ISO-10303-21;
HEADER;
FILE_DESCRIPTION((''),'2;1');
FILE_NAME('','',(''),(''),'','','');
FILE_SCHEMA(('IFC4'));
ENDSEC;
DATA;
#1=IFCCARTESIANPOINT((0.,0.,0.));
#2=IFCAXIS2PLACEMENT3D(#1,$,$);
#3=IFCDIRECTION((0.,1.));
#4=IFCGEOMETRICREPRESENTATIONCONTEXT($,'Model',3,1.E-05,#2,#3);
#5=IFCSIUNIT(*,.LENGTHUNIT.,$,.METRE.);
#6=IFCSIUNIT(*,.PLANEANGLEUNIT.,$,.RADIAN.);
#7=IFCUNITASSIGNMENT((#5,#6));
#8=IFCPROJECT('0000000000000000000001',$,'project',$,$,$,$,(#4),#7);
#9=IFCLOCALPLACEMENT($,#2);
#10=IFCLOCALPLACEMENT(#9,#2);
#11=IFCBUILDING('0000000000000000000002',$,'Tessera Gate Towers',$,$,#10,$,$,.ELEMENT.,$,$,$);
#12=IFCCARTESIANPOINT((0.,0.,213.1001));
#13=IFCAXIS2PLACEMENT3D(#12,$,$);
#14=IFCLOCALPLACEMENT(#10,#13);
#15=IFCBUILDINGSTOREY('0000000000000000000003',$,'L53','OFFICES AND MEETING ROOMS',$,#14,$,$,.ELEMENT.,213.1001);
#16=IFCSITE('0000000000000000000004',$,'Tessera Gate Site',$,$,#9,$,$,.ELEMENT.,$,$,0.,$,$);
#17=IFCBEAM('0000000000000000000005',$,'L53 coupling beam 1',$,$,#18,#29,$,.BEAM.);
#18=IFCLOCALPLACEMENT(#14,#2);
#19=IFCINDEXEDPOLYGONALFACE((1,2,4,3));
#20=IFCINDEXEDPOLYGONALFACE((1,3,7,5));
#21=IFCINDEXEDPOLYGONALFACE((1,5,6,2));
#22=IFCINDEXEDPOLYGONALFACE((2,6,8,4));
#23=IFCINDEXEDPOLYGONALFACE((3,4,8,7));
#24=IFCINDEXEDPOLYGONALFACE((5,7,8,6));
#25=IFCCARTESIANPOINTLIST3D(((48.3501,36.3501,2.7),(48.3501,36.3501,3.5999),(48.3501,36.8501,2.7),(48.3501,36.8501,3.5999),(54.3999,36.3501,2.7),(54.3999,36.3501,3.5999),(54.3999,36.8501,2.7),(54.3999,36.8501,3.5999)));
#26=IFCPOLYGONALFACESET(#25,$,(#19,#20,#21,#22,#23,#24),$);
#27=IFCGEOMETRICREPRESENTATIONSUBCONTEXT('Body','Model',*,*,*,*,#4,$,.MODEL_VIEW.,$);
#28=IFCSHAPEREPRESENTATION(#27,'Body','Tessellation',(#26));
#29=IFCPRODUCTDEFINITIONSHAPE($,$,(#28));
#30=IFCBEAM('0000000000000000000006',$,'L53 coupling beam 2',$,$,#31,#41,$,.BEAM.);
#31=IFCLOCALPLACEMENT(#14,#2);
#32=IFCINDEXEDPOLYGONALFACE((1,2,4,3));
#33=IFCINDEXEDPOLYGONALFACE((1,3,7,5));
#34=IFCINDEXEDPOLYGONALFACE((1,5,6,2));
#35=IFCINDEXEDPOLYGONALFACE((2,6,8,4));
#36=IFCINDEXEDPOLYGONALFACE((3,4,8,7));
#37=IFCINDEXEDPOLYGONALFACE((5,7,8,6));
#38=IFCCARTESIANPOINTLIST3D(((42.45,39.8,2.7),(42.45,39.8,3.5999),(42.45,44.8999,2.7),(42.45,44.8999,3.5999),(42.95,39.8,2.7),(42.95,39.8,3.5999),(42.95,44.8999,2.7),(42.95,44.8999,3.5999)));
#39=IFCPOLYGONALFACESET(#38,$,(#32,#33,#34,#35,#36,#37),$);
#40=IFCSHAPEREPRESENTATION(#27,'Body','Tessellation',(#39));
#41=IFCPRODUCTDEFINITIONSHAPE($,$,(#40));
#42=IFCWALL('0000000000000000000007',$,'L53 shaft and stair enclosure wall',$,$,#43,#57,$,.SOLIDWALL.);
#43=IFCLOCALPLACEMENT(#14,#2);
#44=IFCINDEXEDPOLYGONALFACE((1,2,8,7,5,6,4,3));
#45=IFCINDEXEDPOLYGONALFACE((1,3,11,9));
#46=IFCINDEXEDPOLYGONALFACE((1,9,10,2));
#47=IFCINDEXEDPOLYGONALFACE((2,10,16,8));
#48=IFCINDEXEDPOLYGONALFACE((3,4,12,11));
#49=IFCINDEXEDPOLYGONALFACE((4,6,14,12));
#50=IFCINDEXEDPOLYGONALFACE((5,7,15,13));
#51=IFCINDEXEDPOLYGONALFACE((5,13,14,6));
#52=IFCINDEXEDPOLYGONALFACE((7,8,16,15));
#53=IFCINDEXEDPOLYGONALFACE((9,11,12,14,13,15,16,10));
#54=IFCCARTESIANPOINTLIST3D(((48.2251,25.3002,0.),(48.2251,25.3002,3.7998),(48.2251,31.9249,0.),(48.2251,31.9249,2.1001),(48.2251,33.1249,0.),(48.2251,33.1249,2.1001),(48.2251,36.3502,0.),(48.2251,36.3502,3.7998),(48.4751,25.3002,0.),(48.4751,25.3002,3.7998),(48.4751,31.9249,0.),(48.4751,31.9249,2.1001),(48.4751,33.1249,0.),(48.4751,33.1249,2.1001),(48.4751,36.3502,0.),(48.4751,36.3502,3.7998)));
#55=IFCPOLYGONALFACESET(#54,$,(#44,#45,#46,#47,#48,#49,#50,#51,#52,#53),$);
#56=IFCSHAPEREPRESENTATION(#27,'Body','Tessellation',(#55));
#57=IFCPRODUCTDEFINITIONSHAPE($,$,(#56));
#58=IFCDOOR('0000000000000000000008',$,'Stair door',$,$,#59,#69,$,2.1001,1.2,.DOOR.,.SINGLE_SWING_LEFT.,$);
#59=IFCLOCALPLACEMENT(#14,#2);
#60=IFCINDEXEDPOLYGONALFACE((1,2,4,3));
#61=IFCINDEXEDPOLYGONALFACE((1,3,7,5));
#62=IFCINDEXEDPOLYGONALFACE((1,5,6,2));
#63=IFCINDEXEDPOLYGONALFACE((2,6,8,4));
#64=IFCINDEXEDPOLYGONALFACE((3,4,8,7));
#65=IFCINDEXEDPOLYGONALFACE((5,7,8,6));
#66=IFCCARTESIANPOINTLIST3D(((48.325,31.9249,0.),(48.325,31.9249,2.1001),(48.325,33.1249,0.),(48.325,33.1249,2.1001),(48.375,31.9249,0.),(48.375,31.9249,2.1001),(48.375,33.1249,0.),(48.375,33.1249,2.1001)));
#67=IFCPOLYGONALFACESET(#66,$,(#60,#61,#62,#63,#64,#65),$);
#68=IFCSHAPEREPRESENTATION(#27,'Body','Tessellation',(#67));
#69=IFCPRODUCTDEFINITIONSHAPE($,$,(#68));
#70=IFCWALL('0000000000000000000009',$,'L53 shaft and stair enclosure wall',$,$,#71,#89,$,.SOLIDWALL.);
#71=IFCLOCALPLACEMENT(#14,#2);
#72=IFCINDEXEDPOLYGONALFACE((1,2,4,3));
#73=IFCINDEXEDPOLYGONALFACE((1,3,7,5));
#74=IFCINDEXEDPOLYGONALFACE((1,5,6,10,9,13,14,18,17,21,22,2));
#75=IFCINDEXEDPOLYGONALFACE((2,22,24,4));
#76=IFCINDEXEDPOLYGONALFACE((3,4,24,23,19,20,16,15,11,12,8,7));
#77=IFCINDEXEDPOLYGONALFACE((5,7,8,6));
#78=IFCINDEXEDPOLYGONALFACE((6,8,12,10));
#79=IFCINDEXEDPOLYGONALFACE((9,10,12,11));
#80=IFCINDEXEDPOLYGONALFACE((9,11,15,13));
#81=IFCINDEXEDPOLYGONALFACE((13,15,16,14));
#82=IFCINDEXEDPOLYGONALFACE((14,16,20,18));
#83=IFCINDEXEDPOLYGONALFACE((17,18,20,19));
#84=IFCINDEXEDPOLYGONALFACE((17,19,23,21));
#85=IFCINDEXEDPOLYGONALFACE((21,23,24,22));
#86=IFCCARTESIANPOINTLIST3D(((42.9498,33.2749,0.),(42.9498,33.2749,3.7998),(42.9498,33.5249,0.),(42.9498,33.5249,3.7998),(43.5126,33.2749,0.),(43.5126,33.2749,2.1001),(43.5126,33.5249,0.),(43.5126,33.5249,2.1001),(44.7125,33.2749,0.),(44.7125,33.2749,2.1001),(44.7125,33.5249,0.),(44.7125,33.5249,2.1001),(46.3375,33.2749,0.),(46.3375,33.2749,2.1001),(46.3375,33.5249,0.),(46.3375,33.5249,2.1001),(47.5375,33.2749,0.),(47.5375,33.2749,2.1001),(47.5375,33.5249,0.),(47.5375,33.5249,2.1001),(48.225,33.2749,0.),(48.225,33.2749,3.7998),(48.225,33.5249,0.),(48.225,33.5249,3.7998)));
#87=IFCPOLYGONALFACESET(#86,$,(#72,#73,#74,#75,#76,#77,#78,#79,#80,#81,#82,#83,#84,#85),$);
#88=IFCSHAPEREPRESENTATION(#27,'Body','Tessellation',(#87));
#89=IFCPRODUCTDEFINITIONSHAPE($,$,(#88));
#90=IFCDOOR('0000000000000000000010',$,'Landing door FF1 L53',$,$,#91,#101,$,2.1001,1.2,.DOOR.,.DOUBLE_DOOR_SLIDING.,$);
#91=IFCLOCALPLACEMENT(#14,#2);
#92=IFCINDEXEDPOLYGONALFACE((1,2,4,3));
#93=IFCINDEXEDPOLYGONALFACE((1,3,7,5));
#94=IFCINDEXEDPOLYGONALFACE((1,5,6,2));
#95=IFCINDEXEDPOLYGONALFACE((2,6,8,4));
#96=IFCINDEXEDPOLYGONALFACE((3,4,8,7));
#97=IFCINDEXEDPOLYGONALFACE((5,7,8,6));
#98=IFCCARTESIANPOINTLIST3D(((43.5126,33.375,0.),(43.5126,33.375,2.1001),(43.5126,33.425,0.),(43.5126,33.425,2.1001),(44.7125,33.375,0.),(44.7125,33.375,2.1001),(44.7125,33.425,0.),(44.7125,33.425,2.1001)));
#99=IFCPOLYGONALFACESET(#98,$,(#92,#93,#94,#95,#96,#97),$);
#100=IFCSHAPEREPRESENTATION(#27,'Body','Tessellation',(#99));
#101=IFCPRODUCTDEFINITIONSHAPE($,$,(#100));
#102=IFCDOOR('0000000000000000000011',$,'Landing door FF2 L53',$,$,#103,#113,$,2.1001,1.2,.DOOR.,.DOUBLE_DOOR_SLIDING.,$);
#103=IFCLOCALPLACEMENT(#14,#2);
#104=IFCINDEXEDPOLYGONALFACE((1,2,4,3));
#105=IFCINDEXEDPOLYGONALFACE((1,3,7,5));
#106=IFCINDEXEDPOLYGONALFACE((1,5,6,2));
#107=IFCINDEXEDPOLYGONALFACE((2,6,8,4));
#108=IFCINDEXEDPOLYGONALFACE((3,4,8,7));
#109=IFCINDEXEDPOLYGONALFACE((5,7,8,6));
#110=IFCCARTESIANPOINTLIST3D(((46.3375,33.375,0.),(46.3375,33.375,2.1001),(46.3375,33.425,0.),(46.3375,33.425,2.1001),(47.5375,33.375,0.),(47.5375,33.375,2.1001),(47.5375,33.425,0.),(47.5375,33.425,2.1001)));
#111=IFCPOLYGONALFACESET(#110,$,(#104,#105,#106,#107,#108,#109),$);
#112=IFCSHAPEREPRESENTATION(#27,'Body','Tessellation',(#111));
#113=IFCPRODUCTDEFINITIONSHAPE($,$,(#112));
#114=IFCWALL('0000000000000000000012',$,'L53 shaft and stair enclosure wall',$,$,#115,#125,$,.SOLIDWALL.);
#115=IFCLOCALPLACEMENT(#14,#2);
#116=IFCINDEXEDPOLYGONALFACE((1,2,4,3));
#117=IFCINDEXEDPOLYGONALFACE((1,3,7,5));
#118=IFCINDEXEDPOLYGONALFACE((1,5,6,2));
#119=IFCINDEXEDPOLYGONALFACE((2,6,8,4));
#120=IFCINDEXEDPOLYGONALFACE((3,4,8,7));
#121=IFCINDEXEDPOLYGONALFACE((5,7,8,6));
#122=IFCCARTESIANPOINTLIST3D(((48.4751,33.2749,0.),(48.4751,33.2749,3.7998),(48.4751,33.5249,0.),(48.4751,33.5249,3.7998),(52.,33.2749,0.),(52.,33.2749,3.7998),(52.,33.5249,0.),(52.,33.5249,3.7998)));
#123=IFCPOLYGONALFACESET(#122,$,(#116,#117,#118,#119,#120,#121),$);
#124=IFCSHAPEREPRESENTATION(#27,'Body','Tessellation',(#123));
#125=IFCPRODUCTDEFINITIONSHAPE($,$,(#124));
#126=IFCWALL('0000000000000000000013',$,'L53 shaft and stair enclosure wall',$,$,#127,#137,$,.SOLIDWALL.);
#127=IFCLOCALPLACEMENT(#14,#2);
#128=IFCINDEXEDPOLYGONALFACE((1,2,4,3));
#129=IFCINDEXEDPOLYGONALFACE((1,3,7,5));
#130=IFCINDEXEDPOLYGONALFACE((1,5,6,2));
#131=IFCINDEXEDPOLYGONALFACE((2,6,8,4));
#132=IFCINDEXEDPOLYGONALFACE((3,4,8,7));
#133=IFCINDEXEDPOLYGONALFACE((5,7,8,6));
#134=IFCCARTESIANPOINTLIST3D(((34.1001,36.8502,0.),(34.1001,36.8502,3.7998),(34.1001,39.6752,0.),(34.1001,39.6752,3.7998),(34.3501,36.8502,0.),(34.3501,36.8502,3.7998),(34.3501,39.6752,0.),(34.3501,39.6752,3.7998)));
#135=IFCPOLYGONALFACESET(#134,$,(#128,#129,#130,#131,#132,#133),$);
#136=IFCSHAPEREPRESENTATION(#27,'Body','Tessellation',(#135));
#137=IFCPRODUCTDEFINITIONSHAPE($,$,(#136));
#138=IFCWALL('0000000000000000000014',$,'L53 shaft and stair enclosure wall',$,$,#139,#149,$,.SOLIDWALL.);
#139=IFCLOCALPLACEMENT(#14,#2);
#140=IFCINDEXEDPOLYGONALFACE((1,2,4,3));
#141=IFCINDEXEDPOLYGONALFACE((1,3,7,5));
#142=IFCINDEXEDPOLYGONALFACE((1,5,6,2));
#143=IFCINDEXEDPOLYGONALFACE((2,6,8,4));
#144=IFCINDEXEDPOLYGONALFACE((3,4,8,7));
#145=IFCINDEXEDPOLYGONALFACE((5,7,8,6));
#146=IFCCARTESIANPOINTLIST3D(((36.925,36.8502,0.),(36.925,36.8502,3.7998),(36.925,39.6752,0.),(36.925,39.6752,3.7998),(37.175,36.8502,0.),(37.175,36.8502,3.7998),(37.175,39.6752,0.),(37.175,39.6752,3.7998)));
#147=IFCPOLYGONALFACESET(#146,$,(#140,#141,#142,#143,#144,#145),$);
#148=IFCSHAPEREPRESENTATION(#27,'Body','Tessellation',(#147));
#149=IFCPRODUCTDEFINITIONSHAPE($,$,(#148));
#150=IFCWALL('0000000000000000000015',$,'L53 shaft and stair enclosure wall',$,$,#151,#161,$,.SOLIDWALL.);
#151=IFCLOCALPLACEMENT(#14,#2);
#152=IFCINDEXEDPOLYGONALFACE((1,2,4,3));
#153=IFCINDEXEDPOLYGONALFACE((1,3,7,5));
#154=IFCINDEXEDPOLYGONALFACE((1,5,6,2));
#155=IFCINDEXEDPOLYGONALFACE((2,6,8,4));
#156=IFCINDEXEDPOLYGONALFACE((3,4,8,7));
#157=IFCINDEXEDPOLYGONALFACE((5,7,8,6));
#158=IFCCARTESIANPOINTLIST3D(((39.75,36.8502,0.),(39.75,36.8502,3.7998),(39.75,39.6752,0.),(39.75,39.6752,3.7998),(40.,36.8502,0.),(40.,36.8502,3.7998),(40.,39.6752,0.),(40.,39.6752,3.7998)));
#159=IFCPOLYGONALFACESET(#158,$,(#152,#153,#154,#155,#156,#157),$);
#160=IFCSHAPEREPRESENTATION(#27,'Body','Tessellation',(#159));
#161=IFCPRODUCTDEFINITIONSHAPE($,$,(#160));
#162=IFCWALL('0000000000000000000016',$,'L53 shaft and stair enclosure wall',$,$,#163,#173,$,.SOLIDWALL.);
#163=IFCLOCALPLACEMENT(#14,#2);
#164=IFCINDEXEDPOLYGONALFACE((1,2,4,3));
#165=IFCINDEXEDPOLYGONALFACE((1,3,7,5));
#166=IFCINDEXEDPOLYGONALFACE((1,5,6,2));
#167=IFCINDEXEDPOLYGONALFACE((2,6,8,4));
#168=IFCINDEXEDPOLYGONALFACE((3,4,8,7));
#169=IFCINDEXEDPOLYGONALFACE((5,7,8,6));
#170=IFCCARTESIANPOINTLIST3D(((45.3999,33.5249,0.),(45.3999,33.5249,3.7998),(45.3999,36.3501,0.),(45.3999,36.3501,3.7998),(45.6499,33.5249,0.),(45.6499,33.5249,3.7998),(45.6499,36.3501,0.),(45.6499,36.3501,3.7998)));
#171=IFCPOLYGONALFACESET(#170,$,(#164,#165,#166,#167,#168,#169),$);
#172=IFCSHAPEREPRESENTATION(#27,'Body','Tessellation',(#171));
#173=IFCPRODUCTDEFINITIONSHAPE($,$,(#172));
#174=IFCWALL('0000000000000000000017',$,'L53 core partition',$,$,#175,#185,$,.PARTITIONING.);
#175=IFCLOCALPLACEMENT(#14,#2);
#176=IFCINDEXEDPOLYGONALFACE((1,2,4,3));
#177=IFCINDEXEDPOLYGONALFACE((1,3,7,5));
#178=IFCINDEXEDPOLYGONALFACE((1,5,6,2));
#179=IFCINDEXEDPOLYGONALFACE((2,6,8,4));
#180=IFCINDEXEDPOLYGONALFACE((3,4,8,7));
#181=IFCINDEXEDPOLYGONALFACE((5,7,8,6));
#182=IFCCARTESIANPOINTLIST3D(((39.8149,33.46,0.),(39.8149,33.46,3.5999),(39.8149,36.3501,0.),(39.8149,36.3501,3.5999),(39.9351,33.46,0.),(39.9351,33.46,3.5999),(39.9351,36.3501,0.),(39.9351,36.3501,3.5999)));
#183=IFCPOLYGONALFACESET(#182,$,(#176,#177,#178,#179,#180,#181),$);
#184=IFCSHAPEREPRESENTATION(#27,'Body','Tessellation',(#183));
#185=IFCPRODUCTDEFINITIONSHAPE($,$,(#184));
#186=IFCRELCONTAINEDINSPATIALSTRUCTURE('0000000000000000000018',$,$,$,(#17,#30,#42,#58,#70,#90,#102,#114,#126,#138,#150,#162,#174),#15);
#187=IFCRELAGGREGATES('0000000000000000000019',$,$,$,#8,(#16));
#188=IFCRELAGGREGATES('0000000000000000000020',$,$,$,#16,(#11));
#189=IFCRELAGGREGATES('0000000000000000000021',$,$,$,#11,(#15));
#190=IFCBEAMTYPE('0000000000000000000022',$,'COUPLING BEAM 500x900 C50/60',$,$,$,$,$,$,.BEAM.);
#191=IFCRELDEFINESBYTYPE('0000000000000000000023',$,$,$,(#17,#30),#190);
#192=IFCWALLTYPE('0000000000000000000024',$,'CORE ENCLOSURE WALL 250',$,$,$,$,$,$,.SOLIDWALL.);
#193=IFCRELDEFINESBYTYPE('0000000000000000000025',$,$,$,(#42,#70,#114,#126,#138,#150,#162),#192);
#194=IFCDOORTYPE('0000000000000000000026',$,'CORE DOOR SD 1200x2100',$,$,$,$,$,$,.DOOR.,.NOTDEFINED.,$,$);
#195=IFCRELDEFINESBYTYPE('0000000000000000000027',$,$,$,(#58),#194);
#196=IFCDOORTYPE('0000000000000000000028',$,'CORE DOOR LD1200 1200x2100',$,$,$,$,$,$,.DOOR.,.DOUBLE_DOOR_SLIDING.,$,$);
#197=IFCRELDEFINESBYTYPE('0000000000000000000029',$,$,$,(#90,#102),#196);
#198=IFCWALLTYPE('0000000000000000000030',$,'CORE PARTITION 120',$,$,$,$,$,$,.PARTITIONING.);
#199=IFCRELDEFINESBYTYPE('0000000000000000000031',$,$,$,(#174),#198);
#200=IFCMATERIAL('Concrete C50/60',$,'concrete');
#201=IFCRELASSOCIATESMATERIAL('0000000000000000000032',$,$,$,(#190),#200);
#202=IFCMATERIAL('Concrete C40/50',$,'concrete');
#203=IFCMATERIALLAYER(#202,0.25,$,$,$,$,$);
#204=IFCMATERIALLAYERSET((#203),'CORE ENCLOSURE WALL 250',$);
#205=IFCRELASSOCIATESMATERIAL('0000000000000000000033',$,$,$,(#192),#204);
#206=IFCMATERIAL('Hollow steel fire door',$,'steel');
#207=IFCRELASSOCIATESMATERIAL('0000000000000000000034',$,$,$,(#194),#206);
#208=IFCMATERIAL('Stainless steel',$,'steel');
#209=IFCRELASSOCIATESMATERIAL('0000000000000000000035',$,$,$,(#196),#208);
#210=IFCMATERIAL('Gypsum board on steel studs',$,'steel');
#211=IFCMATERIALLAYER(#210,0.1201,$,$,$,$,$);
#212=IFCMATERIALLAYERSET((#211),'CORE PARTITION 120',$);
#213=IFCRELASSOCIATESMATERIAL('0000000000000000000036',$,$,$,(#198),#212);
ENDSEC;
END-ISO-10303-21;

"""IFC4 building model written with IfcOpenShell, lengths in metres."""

from ifc_helpers import new_model, si_unit, direction, frame, frame_2d, origin, origin_2d, place, context, subcontext, project, spatial, rectangle, extrude, source, transform, mapped, material, layer, layer_set, material_profile, profile_set, type_object, element, fill, save


model = new_model("IFC4")

# Units and contexts
model_context = context("Model", 3, precision=1e-05, world=origin(), true_north=direction((0.0, 1.0)))
body_context = subcontext(model_context, "Body", "Model", "MODEL_VIEW")
ifc_project = project(units=[si_unit("LENGTHUNIT", "METRE"), si_unit("PLANEANGLEUNIT", "RADIAN")], contexts=[model_context])

# Site, building, storey
site_placement = place(None, origin())
site = spatial("IfcSite", under=ifc_project, at=site_placement, Name="Tessera Gate Site", CompositionType="ELEMENT", RefElevation=0.0)
building_placement = place(site_placement, origin())
building = spatial("IfcBuilding", under=site, at=building_placement, Name="Tessera Gate Towers", CompositionType="ELEMENT")
storey_placement = place(building_placement, frame((0.0, 0.0, 213.1001)))
storey = spatial("IfcBuildingStorey", under=building, at=storey_placement, Name="L53", Description="OFFICES AND MEETING ROOMS", CompositionType="ELEMENT", Elevation=213.1001)

# Beams
ifc_material_1 = material(Name="Concrete C50/60", Category="concrete")
ifc_material_profile = material_profile(ifc_material_1, rectangle(XDim=0.5, YDim=0.8999, at=origin_2d()), Name="RC 500x900")
ifc_profile_set = profile_set([ifc_material_profile], Name="Concrete C50/60")
beam_type = type_object("IfcBeamType", Name="COUPLING BEAM 500x900 C50/60", PredefinedType="BEAM", material=ifc_profile_set)
beam_1_placement = place(storey_placement, frame((48.3501, 36.6001, 3.1499), z_axis=(1.0, 0.0, 0.0), x_axis=(0.0, 1.0, 0.0)))
element("IfcBeam", 1, at=beam_1_placement, inside=storey, type_object=beam_type, Name="L53 coupling beam 1", PredefinedType="BEAM", context=body_context, shape_type="SweptSolid", body=[
    extrude(rectangle(XDim=0.5, YDim=0.8999, at=origin_2d()), origin(), (0.0, 0.0, 1.0), 6.0498),
])
beam_2_placement = place(storey_placement, frame((42.7, 39.8, 3.1499), z_axis=(0.0, 1.0, 0.0), x_axis=(-1.0, 0.0, 0.0)))
element("IfcBeam", 2, at=beam_2_placement, inside=storey, type_object=beam_type, Name="L53 coupling beam 2", PredefinedType="BEAM", context=body_context, shape_type="SweptSolid", body=[
    extrude(rectangle(XDim=0.5, YDim=0.8999, at=origin_2d()), origin(), (0.0, 0.0, 1.0), 5.0999),
])

# Wall, opening, door
ifc_material_2 = material(Name="Concrete C40/50", Category="concrete")
ifc_layer_1 = layer(ifc_material_2, 0.25)
ifc_layer_set_1 = layer_set([ifc_layer_1], Name="CORE ENCLOSURE WALL 250")
wall_type_1 = type_object("IfcWallType", Name="CORE ENCLOSURE WALL 250", PredefinedType="SOLIDWALL", material=ifc_layer_set_1)
wall_1_placement = place(storey_placement, frame((48.3501, 36.3501, 0.0), z_axis=(0.0, 0.0, 1.0), x_axis=(0.0, -1.0, 0.0)))
wall_1 = element("IfcWall", 3, at=wall_1_placement, inside=storey, type_object=wall_type_1, Name="L53 shaft and stair enclosure wall", PredefinedType="SOLIDWALL", context=body_context, shape_type="SweptSolid", body=[
    extrude(rectangle(XDim=11.05, YDim=0.25, at=frame_2d((5.5249, 0.0))), origin(), (0.0, 0.0, 1.0), 3.7998),
])
shared_shape_1 = source(origin(), body_context, "Body", "SweptSolid", [
    extrude(rectangle(XDim=1.2, YDim=2.1001, at=frame_2d((0.6001, 1.05))), frame((0.0, 0.135, 0.0), z_axis=(0.0, -1.0, 0.0), x_axis=(1.0, 0.0, 0.0)), (0.0, 0.0, 1.0), 0.27),
])
opening_1_placement = place(wall_1_placement, frame((3.2251, 0.0, 0.0)))
opening_1 = element("IfcOpeningElement", 4, at=opening_1_placement, cuts=wall_1, PredefinedType="OPENING", context=body_context, shape_type="MappedRepresentation", body=[
    mapped(shared_shape_1, transform((0.0, 0.0, 0.0), scale=1.0)),
])
ifc_material_3 = material(Name="Hollow steel fire door", Category="steel")
door_type_1 = type_object("IfcDoorType", Name="CORE DOOR SD 1200x2100", OperationType="NOTDEFINED", PredefinedType="DOOR", material=ifc_material_3)
shared_shape_2 = source(origin(), body_context, "Body", "SweptSolid", [
    extrude(rectangle(XDim=1.2, YDim=2.1001, at=frame_2d((0.6001, 1.05))), frame((0.0, 0.0249, 0.0), z_axis=(0.0, -1.0, 0.0), x_axis=(1.0, 0.0, 0.0)), (0.0, 0.0, 1.0), 0.05),
])
door_1_placement = place(opening_1_placement, origin())
door_1 = element("IfcDoor", 5, at=door_1_placement, inside=storey, type_object=door_type_1, Name="Stair door", OperationType="SINGLE_SWING_LEFT", OverallHeight=2.1001, OverallWidth=1.2, PredefinedType="DOOR", context=body_context, shape_type="MappedRepresentation", body=[
    mapped(shared_shape_2, transform((0.0, 0.0, 0.0), scale=1.0)),
])
fill(opening_1, door_1)

# Wall, openings, doors
wall_2_placement = place(storey_placement, frame((48.2251, 33.3999, 0.0), z_axis=(0.0, 0.0, 1.0), x_axis=(-1.0, 0.0, 0.0)))
wall_2 = element("IfcWall", 6, at=wall_2_placement, inside=storey, type_object=wall_type_1, Name="L53 shaft and stair enclosure wall", PredefinedType="SOLIDWALL", context=body_context, shape_type="SweptSolid", body=[
    extrude(rectangle(XDim=5.2751, YDim=0.25, at=frame_2d((2.6377, 0.0))), origin(), (0.0, 0.0, 1.0), 3.7998),
])
opening_2_placement = place(wall_2_placement, frame((3.5125, 0.0, 0.0)))
opening_2 = element("IfcOpeningElement", 7, at=opening_2_placement, cuts=wall_2, PredefinedType="OPENING", context=body_context, shape_type="MappedRepresentation", body=[
    mapped(shared_shape_1, transform((0.0, 0.0, 0.0), scale=1.0)),
])
opening_3_placement = place(wall_2_placement, frame((0.6875, 0.0, 0.0)))
opening_3 = element("IfcOpeningElement", 8, at=opening_3_placement, cuts=wall_2, PredefinedType="OPENING", context=body_context, shape_type="MappedRepresentation", body=[
    mapped(shared_shape_1, transform((0.0, 0.0, 0.0), scale=1.0)),
])
ifc_material_4 = material(Name="Stainless steel", Category="steel")
door_type_2 = type_object("IfcDoorType", Name="CORE DOOR LD1200 1200x2100", OperationType="DOUBLE_DOOR_SLIDING", PredefinedType="DOOR", material=ifc_material_4)
door_2_placement = place(opening_2_placement, origin())
door_2 = element("IfcDoor", 9, at=door_2_placement, inside=storey, type_object=door_type_2, Name="Landing door FF1 L53", OperationType="DOUBLE_DOOR_SLIDING", OverallHeight=2.1001, OverallWidth=1.2, PredefinedType="DOOR", context=body_context, shape_type="MappedRepresentation", body=[
    mapped(shared_shape_2, transform((0.0, 0.0, 0.0), scale=1.0)),
])
fill(opening_2, door_2)
door_3_placement = place(opening_3_placement, origin())
door_3 = element("IfcDoor", 10, at=door_3_placement, inside=storey, type_object=door_type_2, Name="Landing door FF2 L53", OperationType="DOUBLE_DOOR_SLIDING", OverallHeight=2.1001, OverallWidth=1.2, PredefinedType="DOOR", context=body_context, shape_type="MappedRepresentation", body=[
    mapped(shared_shape_2, transform((0.0, 0.0, 0.0), scale=1.0)),
])
fill(opening_3, door_3)

# Walls
wall_3_placement = place(storey_placement, frame((48.4751, 33.3999, 0.0), z_axis=(0.0, 0.0, 1.0), x_axis=(1.0, 0.0, 0.0)))
element("IfcWall", 11, at=wall_3_placement, inside=storey, type_object=wall_type_1, Name="L53 shaft and stair enclosure wall", PredefinedType="SOLIDWALL", context=body_context, shape_type="SweptSolid", body=[
    extrude(rectangle(XDim=3.5249, YDim=0.25, at=frame_2d((1.7625, 0.0))), origin(), (0.0, 0.0, 1.0), 3.7998),
])
for number, where, z_axis, x_axis, name in (
    (12, (34.2251, 36.8501, 0.0), (0.0, 0.0, 1.0), (0.0, 1.0, 0.0), "L53 shaft and stair enclosure wall"),
    (13, (37.05, 36.8501, 0.0), (0.0, 0.0, 1.0), (0.0, 1.0, 0.0), "L53 shaft and stair enclosure wall"),
    (14, (39.875, 36.8501, 0.0), (0.0, 0.0, 1.0), (0.0, 1.0, 0.0), "L53 shaft and stair enclosure wall"),
):
    element("IfcWall", number, at=place(storey_placement, frame(where, z_axis=z_axis, x_axis=x_axis)), inside=storey, type_object=wall_type_1, Name=name, PredefinedType="SOLIDWALL", context=body_context, shape_type="SweptSolid", body=[
        extrude(rectangle(XDim=2.825, YDim=0.25, at=frame_2d((1.4126, 0.0))), origin(), (0.0, 0.0, 1.0), 3.7998),
    ])
wall_4_placement = place(storey_placement, frame((45.5249, 33.5249, 0.0), z_axis=(0.0, 0.0, 1.0), x_axis=(0.0, 1.0, 0.0)))
element("IfcWall", 15, at=wall_4_placement, inside=storey, type_object=wall_type_1, Name="L53 shaft and stair enclosure wall", PredefinedType="SOLIDWALL", context=body_context, shape_type="SweptSolid", body=[
    extrude(rectangle(XDim=2.8252, YDim=0.25, at=frame_2d((1.4126, 0.0))), origin(), (0.0, 0.0, 1.0), 3.7998),
])
ifc_material_5 = material(Name="Gypsum board on steel studs", Category="steel")
ifc_layer_2 = layer(ifc_material_5, 0.1201)
ifc_layer_set_2 = layer_set([ifc_layer_2], Name="CORE PARTITION 120")
wall_type_2 = type_object("IfcWallType", Name="CORE PARTITION 120", PredefinedType="PARTITIONING", material=ifc_layer_set_2)
wall_5_placement = place(storey_placement, frame((39.875, 33.46, 0.0), z_axis=(0.0, 0.0, 1.0), x_axis=(0.0, 1.0, 0.0)))
element("IfcWall", 16, at=wall_5_placement, inside=storey, type_object=wall_type_2, Name="L53 core partition", PredefinedType="PARTITIONING", context=body_context, shape_type="SweptSolid", body=[
    extrude(rectangle(XDim=2.8901, YDim=0.1201, at=frame_2d((1.4451, 0.0))), origin(), (0.0, 0.0, 1.0), 3.5999),
])

save(model, "model.ifc")
